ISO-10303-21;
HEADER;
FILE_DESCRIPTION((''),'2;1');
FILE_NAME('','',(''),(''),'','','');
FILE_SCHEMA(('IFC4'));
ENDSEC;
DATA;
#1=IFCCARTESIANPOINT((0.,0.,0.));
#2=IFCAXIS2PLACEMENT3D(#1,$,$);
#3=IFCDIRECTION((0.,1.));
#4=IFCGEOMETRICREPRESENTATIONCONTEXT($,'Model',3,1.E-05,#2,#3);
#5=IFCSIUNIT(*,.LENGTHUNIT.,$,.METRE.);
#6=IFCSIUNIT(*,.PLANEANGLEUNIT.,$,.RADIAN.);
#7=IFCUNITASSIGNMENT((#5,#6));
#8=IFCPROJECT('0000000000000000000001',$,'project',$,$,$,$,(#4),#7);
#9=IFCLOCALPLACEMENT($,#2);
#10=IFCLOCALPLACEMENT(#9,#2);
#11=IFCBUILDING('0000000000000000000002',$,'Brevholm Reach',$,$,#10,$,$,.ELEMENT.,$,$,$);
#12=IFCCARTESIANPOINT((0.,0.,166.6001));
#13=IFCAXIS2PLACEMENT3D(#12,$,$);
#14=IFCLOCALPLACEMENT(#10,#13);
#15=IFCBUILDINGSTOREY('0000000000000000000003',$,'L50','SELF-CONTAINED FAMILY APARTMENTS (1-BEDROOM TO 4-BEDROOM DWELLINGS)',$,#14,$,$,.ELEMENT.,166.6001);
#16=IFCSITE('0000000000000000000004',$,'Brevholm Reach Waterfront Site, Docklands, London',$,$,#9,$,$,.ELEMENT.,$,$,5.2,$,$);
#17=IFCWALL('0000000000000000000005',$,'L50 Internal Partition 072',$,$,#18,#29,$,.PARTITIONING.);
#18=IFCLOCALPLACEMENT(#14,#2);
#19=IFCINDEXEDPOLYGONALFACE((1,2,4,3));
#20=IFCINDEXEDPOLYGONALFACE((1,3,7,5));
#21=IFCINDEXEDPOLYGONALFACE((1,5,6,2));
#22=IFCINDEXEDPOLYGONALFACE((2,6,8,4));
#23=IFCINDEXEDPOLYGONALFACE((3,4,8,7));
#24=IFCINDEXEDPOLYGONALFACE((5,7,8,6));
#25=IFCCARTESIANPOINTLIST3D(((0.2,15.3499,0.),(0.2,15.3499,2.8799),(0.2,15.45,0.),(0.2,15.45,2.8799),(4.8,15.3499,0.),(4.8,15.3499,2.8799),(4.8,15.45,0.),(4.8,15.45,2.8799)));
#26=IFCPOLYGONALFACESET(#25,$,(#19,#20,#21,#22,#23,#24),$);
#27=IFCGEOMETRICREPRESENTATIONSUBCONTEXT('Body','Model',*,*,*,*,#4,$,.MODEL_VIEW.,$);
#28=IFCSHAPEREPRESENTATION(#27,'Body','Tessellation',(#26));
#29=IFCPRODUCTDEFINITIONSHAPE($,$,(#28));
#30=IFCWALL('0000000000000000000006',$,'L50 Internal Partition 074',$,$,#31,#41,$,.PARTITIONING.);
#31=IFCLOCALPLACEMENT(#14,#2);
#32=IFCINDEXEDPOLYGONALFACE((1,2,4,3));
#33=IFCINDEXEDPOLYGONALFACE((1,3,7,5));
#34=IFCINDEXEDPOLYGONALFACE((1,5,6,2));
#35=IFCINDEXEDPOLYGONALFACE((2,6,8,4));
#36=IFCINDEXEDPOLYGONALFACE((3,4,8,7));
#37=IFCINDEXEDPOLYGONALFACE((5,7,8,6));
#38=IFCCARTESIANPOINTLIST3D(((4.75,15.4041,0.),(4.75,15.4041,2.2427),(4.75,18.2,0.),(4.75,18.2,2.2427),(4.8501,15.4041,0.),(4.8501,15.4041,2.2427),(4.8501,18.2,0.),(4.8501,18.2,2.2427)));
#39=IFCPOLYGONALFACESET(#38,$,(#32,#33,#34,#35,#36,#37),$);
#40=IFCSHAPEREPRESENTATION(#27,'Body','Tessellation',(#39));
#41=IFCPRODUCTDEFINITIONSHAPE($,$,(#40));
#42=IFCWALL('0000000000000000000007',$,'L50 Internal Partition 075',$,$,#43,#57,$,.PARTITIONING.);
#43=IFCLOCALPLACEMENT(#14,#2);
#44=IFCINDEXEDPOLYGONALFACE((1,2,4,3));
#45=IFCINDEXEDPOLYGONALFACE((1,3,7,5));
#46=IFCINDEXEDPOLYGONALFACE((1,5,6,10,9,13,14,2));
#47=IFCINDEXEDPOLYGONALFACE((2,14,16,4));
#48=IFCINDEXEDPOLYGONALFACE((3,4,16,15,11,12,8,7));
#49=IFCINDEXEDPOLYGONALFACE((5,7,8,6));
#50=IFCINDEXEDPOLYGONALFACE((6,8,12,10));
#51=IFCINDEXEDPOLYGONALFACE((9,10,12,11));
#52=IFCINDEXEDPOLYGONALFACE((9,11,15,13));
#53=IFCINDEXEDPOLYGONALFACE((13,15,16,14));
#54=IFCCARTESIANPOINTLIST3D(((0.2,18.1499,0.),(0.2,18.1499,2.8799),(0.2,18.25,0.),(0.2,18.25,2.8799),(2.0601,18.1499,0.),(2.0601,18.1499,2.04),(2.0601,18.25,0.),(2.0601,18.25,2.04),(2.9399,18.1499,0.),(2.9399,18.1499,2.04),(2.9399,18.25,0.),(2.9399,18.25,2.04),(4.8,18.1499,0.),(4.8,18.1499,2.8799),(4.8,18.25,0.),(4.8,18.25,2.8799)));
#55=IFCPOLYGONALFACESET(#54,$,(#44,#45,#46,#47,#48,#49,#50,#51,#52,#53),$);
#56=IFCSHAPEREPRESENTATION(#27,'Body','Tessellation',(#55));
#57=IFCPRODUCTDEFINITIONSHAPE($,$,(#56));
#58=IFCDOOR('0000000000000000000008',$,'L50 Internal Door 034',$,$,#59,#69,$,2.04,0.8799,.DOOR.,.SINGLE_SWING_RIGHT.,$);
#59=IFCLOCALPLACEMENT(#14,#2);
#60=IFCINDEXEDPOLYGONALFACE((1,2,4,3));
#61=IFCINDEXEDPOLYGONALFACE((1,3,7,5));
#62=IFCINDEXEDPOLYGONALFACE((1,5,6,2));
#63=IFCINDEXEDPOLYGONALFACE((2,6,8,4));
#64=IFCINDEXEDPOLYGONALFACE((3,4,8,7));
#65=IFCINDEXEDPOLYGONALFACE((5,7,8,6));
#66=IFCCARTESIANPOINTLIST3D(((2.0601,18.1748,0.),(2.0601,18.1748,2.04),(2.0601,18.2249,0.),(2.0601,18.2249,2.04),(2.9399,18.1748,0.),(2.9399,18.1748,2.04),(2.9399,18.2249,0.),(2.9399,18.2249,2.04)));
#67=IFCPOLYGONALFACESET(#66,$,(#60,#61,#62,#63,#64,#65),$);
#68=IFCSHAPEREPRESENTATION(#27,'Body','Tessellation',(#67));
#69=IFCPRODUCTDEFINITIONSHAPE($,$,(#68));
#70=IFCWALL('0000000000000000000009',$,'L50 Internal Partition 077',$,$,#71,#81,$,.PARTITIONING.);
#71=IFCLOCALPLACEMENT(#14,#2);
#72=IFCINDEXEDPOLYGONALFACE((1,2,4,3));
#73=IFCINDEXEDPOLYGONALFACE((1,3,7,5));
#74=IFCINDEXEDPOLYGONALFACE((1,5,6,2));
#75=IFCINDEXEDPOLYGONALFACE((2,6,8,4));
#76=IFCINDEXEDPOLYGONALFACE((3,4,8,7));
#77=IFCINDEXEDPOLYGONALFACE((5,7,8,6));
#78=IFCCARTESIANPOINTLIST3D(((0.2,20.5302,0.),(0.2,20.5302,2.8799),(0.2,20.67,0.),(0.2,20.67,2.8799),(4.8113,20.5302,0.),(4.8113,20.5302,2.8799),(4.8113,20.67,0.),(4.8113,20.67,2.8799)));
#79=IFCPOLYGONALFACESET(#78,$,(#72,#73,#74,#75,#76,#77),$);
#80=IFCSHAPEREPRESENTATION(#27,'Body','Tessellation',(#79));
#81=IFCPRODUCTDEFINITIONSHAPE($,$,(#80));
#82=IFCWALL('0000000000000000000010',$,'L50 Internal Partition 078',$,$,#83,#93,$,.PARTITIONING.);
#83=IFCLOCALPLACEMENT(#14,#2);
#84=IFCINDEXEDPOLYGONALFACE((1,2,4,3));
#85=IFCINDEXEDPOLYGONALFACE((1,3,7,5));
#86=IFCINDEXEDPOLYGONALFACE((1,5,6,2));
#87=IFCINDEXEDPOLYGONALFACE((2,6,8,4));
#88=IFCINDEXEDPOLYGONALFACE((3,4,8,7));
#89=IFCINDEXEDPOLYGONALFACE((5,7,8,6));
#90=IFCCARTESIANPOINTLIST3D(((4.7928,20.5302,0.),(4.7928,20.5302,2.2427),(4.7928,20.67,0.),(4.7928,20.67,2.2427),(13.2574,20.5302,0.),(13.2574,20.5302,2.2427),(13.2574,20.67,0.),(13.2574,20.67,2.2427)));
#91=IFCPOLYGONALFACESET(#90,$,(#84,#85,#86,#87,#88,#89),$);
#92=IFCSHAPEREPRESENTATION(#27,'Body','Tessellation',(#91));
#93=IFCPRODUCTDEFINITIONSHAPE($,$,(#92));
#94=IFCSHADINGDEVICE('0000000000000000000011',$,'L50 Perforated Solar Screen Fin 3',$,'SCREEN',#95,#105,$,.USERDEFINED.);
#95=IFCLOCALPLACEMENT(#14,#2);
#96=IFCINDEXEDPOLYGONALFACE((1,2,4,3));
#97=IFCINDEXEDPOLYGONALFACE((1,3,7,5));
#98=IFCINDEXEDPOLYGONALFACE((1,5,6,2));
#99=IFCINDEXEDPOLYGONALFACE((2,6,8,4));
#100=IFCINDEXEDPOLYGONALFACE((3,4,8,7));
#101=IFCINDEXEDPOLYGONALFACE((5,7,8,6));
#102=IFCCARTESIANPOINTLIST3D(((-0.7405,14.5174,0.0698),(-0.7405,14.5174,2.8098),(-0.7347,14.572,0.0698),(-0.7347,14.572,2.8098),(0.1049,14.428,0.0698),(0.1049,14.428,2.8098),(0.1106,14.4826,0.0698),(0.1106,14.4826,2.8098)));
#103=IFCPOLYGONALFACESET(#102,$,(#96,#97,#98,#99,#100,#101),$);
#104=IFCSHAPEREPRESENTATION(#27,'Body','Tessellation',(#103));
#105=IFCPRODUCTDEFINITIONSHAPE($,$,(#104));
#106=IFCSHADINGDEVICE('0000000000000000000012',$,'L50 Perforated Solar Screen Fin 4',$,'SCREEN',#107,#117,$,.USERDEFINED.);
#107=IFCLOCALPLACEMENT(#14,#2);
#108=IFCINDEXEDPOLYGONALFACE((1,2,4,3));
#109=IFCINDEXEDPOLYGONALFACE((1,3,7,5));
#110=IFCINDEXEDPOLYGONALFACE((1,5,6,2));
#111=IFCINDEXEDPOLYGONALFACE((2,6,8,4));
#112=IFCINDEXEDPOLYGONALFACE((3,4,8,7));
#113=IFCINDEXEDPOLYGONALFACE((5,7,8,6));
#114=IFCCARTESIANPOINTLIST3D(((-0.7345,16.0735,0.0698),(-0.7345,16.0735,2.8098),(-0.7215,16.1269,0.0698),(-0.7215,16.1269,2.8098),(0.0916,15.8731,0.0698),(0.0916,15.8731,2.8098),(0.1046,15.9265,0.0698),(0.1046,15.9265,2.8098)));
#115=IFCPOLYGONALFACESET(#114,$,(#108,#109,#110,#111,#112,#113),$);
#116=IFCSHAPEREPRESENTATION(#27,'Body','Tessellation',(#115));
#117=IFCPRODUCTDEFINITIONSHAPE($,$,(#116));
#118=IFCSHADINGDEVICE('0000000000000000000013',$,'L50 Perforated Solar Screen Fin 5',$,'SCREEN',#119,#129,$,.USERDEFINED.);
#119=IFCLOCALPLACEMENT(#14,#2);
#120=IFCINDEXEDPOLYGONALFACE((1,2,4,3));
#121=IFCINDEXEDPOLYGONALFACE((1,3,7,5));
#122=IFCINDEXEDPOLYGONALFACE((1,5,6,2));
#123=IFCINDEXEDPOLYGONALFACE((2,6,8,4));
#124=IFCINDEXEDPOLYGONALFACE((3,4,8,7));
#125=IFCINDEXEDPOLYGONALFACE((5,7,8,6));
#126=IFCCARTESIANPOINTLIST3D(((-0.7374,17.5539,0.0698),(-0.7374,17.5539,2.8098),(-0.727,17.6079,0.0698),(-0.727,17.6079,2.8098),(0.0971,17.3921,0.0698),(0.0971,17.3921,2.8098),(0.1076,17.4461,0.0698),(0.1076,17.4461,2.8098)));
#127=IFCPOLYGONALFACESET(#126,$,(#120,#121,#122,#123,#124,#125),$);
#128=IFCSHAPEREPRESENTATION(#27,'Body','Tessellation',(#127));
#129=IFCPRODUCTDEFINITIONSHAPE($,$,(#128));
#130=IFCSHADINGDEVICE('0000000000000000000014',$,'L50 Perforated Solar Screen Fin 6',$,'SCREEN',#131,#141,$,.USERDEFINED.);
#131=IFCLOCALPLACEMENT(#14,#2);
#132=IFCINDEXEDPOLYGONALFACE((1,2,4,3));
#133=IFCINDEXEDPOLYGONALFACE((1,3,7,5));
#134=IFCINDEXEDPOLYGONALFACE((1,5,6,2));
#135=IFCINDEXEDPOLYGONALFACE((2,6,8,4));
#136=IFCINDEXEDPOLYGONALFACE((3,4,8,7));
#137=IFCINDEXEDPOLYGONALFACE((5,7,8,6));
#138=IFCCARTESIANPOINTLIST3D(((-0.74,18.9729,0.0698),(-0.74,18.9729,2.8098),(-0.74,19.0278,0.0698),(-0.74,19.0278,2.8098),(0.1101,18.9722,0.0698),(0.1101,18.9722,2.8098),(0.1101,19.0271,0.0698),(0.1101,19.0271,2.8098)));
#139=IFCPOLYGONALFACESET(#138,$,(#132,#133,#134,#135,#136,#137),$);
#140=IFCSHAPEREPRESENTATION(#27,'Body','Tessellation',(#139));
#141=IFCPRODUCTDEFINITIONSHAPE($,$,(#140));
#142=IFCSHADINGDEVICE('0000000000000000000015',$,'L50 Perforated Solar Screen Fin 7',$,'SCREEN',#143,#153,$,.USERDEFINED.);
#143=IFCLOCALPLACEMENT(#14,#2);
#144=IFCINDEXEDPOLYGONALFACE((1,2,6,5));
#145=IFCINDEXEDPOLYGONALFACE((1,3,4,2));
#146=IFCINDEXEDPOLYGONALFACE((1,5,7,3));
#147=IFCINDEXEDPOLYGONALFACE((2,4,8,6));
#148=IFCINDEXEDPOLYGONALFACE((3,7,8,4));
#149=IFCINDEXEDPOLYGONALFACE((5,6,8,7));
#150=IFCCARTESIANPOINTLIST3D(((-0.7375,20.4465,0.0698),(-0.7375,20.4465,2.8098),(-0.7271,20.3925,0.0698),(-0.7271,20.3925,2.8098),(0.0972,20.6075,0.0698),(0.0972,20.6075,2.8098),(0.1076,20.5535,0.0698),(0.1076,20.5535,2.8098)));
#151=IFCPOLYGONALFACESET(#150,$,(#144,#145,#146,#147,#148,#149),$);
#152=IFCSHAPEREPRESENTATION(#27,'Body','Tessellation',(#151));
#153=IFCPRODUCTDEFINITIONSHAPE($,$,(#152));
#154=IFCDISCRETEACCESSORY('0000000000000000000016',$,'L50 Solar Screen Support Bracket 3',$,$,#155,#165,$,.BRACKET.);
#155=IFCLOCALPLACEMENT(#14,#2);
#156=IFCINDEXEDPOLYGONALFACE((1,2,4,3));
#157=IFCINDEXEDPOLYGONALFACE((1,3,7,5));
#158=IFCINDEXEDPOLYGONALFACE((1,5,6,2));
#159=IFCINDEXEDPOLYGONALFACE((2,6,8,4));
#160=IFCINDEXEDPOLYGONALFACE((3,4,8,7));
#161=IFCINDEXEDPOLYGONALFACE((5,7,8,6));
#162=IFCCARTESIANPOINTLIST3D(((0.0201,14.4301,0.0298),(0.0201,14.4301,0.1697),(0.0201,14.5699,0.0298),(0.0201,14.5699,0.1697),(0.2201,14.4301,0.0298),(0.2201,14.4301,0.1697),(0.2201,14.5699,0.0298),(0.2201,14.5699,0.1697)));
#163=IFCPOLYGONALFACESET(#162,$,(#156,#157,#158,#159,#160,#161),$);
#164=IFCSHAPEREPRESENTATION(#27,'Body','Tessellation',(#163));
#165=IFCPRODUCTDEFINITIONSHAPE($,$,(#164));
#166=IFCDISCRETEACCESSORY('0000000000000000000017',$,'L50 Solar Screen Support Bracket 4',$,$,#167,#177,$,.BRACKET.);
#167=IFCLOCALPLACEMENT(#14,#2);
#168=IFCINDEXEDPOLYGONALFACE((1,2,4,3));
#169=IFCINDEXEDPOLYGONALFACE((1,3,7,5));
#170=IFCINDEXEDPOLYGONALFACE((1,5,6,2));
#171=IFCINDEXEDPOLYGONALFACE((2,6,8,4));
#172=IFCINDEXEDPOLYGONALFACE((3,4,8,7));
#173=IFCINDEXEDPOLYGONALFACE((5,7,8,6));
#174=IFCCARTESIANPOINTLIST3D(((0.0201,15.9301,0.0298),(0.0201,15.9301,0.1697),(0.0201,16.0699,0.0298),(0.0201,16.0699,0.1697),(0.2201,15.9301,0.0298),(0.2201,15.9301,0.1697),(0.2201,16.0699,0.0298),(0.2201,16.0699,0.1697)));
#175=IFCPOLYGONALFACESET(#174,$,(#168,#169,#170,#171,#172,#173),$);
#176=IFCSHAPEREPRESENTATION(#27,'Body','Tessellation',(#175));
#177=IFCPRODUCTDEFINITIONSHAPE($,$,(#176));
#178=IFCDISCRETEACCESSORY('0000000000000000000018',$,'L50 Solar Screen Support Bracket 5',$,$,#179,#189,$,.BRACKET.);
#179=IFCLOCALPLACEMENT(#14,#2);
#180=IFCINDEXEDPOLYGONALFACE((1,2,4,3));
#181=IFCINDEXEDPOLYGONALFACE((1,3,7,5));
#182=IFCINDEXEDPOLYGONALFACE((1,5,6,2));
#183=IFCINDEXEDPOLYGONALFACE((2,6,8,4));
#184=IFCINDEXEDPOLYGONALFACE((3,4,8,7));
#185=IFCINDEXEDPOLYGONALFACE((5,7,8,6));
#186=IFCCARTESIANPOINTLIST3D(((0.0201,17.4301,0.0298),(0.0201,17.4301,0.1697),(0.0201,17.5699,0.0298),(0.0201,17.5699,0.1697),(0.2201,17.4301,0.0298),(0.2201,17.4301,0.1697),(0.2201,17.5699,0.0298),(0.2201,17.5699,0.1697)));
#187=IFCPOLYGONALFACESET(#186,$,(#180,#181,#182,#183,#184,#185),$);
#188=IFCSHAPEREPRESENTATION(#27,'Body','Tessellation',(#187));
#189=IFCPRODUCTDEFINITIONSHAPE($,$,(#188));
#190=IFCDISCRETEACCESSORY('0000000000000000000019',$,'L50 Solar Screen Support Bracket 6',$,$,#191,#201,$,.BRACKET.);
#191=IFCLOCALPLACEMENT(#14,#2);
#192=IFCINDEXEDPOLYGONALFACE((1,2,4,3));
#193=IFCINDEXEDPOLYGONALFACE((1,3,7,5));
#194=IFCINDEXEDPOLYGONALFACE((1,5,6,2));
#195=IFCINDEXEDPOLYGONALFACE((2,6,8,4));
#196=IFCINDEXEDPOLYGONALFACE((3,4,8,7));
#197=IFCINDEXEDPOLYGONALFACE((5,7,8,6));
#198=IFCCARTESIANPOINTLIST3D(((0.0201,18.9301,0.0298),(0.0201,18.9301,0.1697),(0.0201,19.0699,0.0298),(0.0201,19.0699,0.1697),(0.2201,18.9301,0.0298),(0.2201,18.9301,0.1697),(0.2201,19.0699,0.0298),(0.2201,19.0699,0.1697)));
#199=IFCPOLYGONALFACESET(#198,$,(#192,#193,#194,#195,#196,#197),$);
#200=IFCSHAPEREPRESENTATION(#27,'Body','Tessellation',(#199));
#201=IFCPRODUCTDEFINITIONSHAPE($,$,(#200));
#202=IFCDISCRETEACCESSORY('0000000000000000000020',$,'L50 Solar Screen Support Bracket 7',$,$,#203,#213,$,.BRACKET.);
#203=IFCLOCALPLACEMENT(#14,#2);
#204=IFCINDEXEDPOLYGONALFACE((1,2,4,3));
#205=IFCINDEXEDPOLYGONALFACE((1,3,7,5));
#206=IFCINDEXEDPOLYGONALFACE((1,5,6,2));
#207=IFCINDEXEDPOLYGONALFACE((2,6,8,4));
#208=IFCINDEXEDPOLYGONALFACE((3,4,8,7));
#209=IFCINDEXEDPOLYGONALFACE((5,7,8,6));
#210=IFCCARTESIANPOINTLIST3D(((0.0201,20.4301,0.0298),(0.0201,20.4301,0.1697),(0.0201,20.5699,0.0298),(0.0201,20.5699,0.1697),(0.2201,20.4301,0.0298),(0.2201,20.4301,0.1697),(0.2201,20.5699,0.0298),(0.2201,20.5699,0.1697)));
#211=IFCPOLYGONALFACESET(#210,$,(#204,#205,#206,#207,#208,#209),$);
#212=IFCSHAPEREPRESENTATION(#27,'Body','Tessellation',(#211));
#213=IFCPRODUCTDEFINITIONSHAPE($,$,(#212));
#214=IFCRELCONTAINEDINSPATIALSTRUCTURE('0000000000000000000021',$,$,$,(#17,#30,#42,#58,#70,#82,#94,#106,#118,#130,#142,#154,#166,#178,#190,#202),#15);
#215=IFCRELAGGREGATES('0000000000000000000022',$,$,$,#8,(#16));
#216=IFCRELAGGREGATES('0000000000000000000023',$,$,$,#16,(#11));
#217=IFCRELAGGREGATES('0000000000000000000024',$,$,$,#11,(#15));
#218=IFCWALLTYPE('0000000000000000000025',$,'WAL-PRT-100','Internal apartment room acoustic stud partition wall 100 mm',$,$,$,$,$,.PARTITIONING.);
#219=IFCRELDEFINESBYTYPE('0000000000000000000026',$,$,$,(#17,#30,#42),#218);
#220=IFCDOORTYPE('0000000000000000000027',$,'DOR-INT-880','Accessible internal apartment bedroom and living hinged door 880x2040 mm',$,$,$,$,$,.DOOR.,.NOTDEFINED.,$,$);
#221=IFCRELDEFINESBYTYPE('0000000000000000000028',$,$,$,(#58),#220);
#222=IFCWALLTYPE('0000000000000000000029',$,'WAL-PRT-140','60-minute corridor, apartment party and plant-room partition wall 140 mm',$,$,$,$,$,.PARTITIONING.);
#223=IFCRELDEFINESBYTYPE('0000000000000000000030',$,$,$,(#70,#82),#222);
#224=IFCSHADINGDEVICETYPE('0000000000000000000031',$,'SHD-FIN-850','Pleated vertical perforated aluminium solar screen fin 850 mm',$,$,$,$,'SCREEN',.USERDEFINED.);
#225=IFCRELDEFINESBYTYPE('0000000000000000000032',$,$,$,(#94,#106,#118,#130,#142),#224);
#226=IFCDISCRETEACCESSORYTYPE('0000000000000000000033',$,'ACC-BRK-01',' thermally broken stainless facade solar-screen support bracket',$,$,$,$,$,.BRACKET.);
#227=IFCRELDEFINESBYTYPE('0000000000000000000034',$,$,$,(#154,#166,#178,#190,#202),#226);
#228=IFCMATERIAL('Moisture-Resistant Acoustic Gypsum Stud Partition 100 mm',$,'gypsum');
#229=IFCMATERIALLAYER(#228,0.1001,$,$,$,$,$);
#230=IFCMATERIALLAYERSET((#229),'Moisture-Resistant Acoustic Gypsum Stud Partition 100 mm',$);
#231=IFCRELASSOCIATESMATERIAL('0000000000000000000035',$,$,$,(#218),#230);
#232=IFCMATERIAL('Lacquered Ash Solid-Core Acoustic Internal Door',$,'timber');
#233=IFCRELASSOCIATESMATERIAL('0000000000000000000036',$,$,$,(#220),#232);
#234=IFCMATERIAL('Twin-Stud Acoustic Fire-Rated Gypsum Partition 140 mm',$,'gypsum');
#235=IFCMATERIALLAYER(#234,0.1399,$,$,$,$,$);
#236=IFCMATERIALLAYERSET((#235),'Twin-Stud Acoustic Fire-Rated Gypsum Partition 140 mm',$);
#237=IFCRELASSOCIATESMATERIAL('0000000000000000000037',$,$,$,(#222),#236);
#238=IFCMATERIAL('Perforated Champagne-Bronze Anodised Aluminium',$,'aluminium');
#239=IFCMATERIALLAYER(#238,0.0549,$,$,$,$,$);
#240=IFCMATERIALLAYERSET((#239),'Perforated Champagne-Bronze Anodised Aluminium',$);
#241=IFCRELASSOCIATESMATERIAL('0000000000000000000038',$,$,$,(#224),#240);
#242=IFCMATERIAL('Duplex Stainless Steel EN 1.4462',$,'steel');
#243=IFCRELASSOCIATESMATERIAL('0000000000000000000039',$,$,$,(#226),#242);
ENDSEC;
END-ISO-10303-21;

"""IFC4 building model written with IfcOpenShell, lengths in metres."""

from ifc_helpers import new_model, si_unit, direction, frame, frame_2d, origin, origin_2d, place, context, subcontext, project, spatial, rectangle, extrude, material, layer, layer_set, type_object, element, fill, save


model = new_model("IFC4")

# Units and contexts
model_context = context("Model", 3, precision=1e-05, world=origin(), true_north=direction((0.0, 1.0)))
body_context = subcontext(model_context, "Body", "Model", "MODEL_VIEW")
ifc_project = project(units=[si_unit("LENGTHUNIT", "METRE"), si_unit("PLANEANGLEUNIT", "RADIAN")], contexts=[model_context])

# Site, building, storey
site_placement = place(None, origin())
site = spatial("IfcSite", under=ifc_project, at=site_placement, Name="Brevholm Reach Waterfront Site, Docklands, London", CompositionType="ELEMENT", RefElevation=5.2)
building_placement = place(site_placement, origin())
building = spatial("IfcBuilding", under=site, at=building_placement, Name="Brevholm Reach", CompositionType="ELEMENT")
storey_placement = place(building_placement, frame((0.0, 0.0, 166.6001)))
storey = spatial("IfcBuildingStorey", under=building, at=storey_placement, Name="L50", Description="SELF-CONTAINED FAMILY APARTMENTS (1-BEDROOM TO 4-BEDROOM DWELLINGS)", CompositionType="ELEMENT", Elevation=166.6001)

# Walls
ifc_material_1 = material(Name="Moisture-Resistant Acoustic Gypsum Stud Partition 100 mm", Category="gypsum")
ifc_layer_1 = layer(ifc_material_1, 0.1001)
ifc_layer_set_1 = layer_set([ifc_layer_1], Name="Moisture-Resistant Acoustic Gypsum Stud Partition 100 mm")
wall_type_1 = type_object("IfcWallType", Name="WAL-PRT-100", Description="Internal apartment room acoustic stud partition wall 100 mm", PredefinedType="PARTITIONING", material=ifc_layer_set_1)
wall_1_placement = place(storey_placement, frame((0.2, 15.3999, 0.0), z_axis=(0.0, 0.0, 1.0), x_axis=(1.0, 0.0, 0.0)))
element("IfcWall", 1, at=wall_1_placement, inside=storey, type_object=wall_type_1, Name="L50 Internal Partition 072", PredefinedType="PARTITIONING", context=body_context, shape_type="SweptSolid", body=[
    extrude(rectangle(XDim=4.6001, YDim=0.1001, at=frame_2d((2.3, 0.0))), origin(), (0.0, 0.0, 1.0), 2.8799),
])
wall_2_placement = place(storey_placement, frame((4.8, 15.4041, 0.0), z_axis=(0.0, 0.0, 1.0), x_axis=(0.0, 1.0, 0.0)))
element("IfcWall", 2, at=wall_2_placement, inside=storey, type_object=wall_type_1, Name="L50 Internal Partition 074", PredefinedType="PARTITIONING", context=body_context, shape_type="SweptSolid", body=[
    extrude(rectangle(XDim=2.7959, YDim=0.1001, at=frame_2d((1.3979, 0.0))), origin(), (0.0, 0.0, 1.0), 2.2427),
])

# Wall, opening, door
wall_3_placement = place(storey_placement, frame((0.2, 18.2, 0.0), z_axis=(0.0, 0.0, 1.0), x_axis=(1.0, 0.0, 0.0)))
wall_3 = element("IfcWall", 3, at=wall_3_placement, inside=storey, type_object=wall_type_1, Name="L50 Internal Partition 075", PredefinedType="PARTITIONING", context=body_context, shape_type="SweptSolid", body=[
    extrude(rectangle(XDim=4.6001, YDim=0.1001, at=frame_2d((2.3, 0.0))), origin(), (0.0, 0.0, 1.0), 2.8799),
])
opening_placement = place(wall_3_placement, frame((1.8601, 0.0, 0.0)))
opening = element("IfcOpeningElement", 4, at=opening_placement, cuts=wall_3, PredefinedType="OPENING", context=body_context, shape_type="SweptSolid", body=[
    extrude(rectangle(XDim=0.8799, YDim=2.04, at=frame_2d((0.4399, 1.02))), frame((0.0, 0.0601, 0.0), z_axis=(0.0, -1.0, 0.0), x_axis=(1.0, 0.0, 0.0)), (0.0, 0.0, 1.0), 0.1201),
])
ifc_material_2 = material(Name="Lacquered Ash Solid-Core Acoustic Internal Door", Category="timber")
door_type = type_object("IfcDoorType", Name="DOR-INT-880", Description="Accessible internal apartment bedroom and living hinged door 880x2040 mm", OperationType="NOTDEFINED", PredefinedType="DOOR", material=ifc_material_2)
door_placement = place(opening_placement, origin())
door = element("IfcDoor", 5, at=door_placement, inside=storey, type_object=door_type, Name="L50 Internal Door 034", OperationType="SINGLE_SWING_RIGHT", OverallHeight=2.04, OverallWidth=0.8799, PredefinedType="DOOR", context=body_context, shape_type="SweptSolid", body=[
    extrude(rectangle(XDim=0.8799, YDim=2.04, at=frame_2d((0.4399, 1.02))), frame((0.0, 0.0249, 0.0), z_axis=(0.0, -1.0, 0.0), x_axis=(1.0, 0.0, 0.0)), (0.0, 0.0, 1.0), 0.05),
])
fill(opening, door)

# Walls
ifc_material_3 = material(Name="Twin-Stud Acoustic Fire-Rated Gypsum Partition 140 mm", Category="gypsum")
ifc_layer_2 = layer(ifc_material_3, 0.1399)
ifc_layer_set_2 = layer_set([ifc_layer_2], Name="Twin-Stud Acoustic Fire-Rated Gypsum Partition 140 mm")
wall_type_2 = type_object("IfcWallType", Name="WAL-PRT-140", Description="60-minute corridor, apartment party and plant-room partition wall 140 mm", PredefinedType="PARTITIONING", material=ifc_layer_set_2)
wall_4_placement = place(storey_placement, frame((0.2, 20.6001, 0.0), z_axis=(0.0, 0.0, 1.0), x_axis=(1.0, 0.0, 0.0)))
element("IfcWall", 6, at=wall_4_placement, inside=storey, type_object=wall_type_2, Name="L50 Internal Partition 077", PredefinedType="PARTITIONING", context=body_context, shape_type="SweptSolid", body=[
    extrude(rectangle(XDim=4.6113, YDim=0.1399, at=frame_2d((2.3057, 0.0))), origin(), (0.0, 0.0, 1.0), 2.8799),
])
wall_5_placement = place(storey_placement, frame((4.7927, 20.6001, 0.0), z_axis=(0.0, 0.0, 1.0), x_axis=(1.0, 0.0, 0.0)))
element("IfcWall", 7, at=wall_5_placement, inside=storey, type_object=wall_type_2, Name="L50 Internal Partition 078", PredefinedType="PARTITIONING", context=body_context, shape_type="SweptSolid", body=[
    extrude(rectangle(XDim=8.4646, YDim=0.1399, at=frame_2d((4.2324, 0.0))), origin(), (0.0, 0.0, 1.0), 2.2427),
])

# Shading devices
ifc_material_4 = material(Name="Perforated Champagne-Bronze Anodised Aluminium", Category="aluminium")
ifc_layer_3 = layer(ifc_material_4, 0.0549)
ifc_layer_set_3 = layer_set([ifc_layer_3], Name="Perforated Champagne-Bronze Anodised Aluminium")
shading_device_type = type_object("IfcShadingDeviceType", Name="SHD-FIN-850", Description="Pleated vertical perforated aluminium solar screen fin 850 mm", ElementType="SCREEN", PredefinedType="USERDEFINED", material=ifc_layer_set_3)
for number, where, z_axis, x_axis, name in (
    (8, (-0.3149, 14.5, 0.0698), (0.0, 0.0, 1.0), (-0.99446, 0.105119, 0.0), "L50 Perforated Solar Screen Fin 3"),
    (9, (-0.3149, 16.0, 0.0698), (0.0, 0.0, 1.0), (-0.971801, 0.235804, 0.0), "L50 Perforated Solar Screen Fin 4"),
    (10, (-0.3149, 17.5, 0.0698), (0.0, 0.0, 1.0), (-0.981717, 0.190346, 0.0), "L50 Perforated Solar Screen Fin 5"),
    (11, (-0.3149, 19.0, 0.0698), (0.0, 0.0, 1.0), (-1.0, 0.000768, 0.0), "L50 Perforated Solar Screen Fin 6"),
    (12, (-0.3149, 20.5, 0.0698), (0.0, 0.0, 1.0), (-0.981899, -0.189404, 0.0), "L50 Perforated Solar Screen Fin 7"),
):
    element("IfcShadingDevice", number, at=place(storey_placement, frame(where, z_axis=z_axis, x_axis=x_axis)), inside=storey, type_object=shading_device_type, Name=name, ObjectType="SCREEN", PredefinedType="USERDEFINED", context=body_context, shape_type="SweptSolid", body=[
        extrude(rectangle(XDim=0.8501, YDim=0.0549, at=origin_2d()), origin(), (0.0, 0.0, 1.0), 2.74),
    ])

# Discrete accessories
ifc_material_5 = material(Name="Duplex Stainless Steel EN 1.4462", Category="steel")
discrete_accessory_type = type_object("IfcDiscreteAccessoryType", Name="ACC-BRK-01", Description=" thermally broken stainless facade solar-screen support bracket", PredefinedType="BRACKET", material=ifc_material_5)
for number, where, z_axis, x_axis, name in (
    (13, (0.1201, 14.5, 0.0298), (0.0, 0.0, 1.0), (-1.0, 0.0, 0.0), "L50 Solar Screen Support Bracket 3"),
    (14, (0.1201, 16.0, 0.0298), (0.0, 0.0, 1.0), (-1.0, 0.0, 0.0), "L50 Solar Screen Support Bracket 4"),
    (15, (0.1201, 17.5, 0.0298), (0.0, 0.0, 1.0), (-1.0, 0.0, 0.0), "L50 Solar Screen Support Bracket 5"),
    (16, (0.1201, 19.0, 0.0298), (0.0, 0.0, 1.0), (-1.0, 0.0, 0.0), "L50 Solar Screen Support Bracket 6"),
    (17, (0.1201, 20.5, 0.0298), (0.0, 0.0, 1.0), (-1.0, 0.0, 0.0), "L50 Solar Screen Support Bracket 7"),
):
    element("IfcDiscreteAccessory", number, at=place(storey_placement, frame(where, z_axis=z_axis, x_axis=x_axis)), inside=storey, type_object=discrete_accessory_type, Name=name, PredefinedType="BRACKET", context=body_context, shape_type="SweptSolid", body=[
        extrude(rectangle(XDim=0.2, YDim=0.1399, at=origin_2d()), origin(), (0.0, 0.0, 1.0), 0.1399),
    ])

save(model, "model.ifc")
